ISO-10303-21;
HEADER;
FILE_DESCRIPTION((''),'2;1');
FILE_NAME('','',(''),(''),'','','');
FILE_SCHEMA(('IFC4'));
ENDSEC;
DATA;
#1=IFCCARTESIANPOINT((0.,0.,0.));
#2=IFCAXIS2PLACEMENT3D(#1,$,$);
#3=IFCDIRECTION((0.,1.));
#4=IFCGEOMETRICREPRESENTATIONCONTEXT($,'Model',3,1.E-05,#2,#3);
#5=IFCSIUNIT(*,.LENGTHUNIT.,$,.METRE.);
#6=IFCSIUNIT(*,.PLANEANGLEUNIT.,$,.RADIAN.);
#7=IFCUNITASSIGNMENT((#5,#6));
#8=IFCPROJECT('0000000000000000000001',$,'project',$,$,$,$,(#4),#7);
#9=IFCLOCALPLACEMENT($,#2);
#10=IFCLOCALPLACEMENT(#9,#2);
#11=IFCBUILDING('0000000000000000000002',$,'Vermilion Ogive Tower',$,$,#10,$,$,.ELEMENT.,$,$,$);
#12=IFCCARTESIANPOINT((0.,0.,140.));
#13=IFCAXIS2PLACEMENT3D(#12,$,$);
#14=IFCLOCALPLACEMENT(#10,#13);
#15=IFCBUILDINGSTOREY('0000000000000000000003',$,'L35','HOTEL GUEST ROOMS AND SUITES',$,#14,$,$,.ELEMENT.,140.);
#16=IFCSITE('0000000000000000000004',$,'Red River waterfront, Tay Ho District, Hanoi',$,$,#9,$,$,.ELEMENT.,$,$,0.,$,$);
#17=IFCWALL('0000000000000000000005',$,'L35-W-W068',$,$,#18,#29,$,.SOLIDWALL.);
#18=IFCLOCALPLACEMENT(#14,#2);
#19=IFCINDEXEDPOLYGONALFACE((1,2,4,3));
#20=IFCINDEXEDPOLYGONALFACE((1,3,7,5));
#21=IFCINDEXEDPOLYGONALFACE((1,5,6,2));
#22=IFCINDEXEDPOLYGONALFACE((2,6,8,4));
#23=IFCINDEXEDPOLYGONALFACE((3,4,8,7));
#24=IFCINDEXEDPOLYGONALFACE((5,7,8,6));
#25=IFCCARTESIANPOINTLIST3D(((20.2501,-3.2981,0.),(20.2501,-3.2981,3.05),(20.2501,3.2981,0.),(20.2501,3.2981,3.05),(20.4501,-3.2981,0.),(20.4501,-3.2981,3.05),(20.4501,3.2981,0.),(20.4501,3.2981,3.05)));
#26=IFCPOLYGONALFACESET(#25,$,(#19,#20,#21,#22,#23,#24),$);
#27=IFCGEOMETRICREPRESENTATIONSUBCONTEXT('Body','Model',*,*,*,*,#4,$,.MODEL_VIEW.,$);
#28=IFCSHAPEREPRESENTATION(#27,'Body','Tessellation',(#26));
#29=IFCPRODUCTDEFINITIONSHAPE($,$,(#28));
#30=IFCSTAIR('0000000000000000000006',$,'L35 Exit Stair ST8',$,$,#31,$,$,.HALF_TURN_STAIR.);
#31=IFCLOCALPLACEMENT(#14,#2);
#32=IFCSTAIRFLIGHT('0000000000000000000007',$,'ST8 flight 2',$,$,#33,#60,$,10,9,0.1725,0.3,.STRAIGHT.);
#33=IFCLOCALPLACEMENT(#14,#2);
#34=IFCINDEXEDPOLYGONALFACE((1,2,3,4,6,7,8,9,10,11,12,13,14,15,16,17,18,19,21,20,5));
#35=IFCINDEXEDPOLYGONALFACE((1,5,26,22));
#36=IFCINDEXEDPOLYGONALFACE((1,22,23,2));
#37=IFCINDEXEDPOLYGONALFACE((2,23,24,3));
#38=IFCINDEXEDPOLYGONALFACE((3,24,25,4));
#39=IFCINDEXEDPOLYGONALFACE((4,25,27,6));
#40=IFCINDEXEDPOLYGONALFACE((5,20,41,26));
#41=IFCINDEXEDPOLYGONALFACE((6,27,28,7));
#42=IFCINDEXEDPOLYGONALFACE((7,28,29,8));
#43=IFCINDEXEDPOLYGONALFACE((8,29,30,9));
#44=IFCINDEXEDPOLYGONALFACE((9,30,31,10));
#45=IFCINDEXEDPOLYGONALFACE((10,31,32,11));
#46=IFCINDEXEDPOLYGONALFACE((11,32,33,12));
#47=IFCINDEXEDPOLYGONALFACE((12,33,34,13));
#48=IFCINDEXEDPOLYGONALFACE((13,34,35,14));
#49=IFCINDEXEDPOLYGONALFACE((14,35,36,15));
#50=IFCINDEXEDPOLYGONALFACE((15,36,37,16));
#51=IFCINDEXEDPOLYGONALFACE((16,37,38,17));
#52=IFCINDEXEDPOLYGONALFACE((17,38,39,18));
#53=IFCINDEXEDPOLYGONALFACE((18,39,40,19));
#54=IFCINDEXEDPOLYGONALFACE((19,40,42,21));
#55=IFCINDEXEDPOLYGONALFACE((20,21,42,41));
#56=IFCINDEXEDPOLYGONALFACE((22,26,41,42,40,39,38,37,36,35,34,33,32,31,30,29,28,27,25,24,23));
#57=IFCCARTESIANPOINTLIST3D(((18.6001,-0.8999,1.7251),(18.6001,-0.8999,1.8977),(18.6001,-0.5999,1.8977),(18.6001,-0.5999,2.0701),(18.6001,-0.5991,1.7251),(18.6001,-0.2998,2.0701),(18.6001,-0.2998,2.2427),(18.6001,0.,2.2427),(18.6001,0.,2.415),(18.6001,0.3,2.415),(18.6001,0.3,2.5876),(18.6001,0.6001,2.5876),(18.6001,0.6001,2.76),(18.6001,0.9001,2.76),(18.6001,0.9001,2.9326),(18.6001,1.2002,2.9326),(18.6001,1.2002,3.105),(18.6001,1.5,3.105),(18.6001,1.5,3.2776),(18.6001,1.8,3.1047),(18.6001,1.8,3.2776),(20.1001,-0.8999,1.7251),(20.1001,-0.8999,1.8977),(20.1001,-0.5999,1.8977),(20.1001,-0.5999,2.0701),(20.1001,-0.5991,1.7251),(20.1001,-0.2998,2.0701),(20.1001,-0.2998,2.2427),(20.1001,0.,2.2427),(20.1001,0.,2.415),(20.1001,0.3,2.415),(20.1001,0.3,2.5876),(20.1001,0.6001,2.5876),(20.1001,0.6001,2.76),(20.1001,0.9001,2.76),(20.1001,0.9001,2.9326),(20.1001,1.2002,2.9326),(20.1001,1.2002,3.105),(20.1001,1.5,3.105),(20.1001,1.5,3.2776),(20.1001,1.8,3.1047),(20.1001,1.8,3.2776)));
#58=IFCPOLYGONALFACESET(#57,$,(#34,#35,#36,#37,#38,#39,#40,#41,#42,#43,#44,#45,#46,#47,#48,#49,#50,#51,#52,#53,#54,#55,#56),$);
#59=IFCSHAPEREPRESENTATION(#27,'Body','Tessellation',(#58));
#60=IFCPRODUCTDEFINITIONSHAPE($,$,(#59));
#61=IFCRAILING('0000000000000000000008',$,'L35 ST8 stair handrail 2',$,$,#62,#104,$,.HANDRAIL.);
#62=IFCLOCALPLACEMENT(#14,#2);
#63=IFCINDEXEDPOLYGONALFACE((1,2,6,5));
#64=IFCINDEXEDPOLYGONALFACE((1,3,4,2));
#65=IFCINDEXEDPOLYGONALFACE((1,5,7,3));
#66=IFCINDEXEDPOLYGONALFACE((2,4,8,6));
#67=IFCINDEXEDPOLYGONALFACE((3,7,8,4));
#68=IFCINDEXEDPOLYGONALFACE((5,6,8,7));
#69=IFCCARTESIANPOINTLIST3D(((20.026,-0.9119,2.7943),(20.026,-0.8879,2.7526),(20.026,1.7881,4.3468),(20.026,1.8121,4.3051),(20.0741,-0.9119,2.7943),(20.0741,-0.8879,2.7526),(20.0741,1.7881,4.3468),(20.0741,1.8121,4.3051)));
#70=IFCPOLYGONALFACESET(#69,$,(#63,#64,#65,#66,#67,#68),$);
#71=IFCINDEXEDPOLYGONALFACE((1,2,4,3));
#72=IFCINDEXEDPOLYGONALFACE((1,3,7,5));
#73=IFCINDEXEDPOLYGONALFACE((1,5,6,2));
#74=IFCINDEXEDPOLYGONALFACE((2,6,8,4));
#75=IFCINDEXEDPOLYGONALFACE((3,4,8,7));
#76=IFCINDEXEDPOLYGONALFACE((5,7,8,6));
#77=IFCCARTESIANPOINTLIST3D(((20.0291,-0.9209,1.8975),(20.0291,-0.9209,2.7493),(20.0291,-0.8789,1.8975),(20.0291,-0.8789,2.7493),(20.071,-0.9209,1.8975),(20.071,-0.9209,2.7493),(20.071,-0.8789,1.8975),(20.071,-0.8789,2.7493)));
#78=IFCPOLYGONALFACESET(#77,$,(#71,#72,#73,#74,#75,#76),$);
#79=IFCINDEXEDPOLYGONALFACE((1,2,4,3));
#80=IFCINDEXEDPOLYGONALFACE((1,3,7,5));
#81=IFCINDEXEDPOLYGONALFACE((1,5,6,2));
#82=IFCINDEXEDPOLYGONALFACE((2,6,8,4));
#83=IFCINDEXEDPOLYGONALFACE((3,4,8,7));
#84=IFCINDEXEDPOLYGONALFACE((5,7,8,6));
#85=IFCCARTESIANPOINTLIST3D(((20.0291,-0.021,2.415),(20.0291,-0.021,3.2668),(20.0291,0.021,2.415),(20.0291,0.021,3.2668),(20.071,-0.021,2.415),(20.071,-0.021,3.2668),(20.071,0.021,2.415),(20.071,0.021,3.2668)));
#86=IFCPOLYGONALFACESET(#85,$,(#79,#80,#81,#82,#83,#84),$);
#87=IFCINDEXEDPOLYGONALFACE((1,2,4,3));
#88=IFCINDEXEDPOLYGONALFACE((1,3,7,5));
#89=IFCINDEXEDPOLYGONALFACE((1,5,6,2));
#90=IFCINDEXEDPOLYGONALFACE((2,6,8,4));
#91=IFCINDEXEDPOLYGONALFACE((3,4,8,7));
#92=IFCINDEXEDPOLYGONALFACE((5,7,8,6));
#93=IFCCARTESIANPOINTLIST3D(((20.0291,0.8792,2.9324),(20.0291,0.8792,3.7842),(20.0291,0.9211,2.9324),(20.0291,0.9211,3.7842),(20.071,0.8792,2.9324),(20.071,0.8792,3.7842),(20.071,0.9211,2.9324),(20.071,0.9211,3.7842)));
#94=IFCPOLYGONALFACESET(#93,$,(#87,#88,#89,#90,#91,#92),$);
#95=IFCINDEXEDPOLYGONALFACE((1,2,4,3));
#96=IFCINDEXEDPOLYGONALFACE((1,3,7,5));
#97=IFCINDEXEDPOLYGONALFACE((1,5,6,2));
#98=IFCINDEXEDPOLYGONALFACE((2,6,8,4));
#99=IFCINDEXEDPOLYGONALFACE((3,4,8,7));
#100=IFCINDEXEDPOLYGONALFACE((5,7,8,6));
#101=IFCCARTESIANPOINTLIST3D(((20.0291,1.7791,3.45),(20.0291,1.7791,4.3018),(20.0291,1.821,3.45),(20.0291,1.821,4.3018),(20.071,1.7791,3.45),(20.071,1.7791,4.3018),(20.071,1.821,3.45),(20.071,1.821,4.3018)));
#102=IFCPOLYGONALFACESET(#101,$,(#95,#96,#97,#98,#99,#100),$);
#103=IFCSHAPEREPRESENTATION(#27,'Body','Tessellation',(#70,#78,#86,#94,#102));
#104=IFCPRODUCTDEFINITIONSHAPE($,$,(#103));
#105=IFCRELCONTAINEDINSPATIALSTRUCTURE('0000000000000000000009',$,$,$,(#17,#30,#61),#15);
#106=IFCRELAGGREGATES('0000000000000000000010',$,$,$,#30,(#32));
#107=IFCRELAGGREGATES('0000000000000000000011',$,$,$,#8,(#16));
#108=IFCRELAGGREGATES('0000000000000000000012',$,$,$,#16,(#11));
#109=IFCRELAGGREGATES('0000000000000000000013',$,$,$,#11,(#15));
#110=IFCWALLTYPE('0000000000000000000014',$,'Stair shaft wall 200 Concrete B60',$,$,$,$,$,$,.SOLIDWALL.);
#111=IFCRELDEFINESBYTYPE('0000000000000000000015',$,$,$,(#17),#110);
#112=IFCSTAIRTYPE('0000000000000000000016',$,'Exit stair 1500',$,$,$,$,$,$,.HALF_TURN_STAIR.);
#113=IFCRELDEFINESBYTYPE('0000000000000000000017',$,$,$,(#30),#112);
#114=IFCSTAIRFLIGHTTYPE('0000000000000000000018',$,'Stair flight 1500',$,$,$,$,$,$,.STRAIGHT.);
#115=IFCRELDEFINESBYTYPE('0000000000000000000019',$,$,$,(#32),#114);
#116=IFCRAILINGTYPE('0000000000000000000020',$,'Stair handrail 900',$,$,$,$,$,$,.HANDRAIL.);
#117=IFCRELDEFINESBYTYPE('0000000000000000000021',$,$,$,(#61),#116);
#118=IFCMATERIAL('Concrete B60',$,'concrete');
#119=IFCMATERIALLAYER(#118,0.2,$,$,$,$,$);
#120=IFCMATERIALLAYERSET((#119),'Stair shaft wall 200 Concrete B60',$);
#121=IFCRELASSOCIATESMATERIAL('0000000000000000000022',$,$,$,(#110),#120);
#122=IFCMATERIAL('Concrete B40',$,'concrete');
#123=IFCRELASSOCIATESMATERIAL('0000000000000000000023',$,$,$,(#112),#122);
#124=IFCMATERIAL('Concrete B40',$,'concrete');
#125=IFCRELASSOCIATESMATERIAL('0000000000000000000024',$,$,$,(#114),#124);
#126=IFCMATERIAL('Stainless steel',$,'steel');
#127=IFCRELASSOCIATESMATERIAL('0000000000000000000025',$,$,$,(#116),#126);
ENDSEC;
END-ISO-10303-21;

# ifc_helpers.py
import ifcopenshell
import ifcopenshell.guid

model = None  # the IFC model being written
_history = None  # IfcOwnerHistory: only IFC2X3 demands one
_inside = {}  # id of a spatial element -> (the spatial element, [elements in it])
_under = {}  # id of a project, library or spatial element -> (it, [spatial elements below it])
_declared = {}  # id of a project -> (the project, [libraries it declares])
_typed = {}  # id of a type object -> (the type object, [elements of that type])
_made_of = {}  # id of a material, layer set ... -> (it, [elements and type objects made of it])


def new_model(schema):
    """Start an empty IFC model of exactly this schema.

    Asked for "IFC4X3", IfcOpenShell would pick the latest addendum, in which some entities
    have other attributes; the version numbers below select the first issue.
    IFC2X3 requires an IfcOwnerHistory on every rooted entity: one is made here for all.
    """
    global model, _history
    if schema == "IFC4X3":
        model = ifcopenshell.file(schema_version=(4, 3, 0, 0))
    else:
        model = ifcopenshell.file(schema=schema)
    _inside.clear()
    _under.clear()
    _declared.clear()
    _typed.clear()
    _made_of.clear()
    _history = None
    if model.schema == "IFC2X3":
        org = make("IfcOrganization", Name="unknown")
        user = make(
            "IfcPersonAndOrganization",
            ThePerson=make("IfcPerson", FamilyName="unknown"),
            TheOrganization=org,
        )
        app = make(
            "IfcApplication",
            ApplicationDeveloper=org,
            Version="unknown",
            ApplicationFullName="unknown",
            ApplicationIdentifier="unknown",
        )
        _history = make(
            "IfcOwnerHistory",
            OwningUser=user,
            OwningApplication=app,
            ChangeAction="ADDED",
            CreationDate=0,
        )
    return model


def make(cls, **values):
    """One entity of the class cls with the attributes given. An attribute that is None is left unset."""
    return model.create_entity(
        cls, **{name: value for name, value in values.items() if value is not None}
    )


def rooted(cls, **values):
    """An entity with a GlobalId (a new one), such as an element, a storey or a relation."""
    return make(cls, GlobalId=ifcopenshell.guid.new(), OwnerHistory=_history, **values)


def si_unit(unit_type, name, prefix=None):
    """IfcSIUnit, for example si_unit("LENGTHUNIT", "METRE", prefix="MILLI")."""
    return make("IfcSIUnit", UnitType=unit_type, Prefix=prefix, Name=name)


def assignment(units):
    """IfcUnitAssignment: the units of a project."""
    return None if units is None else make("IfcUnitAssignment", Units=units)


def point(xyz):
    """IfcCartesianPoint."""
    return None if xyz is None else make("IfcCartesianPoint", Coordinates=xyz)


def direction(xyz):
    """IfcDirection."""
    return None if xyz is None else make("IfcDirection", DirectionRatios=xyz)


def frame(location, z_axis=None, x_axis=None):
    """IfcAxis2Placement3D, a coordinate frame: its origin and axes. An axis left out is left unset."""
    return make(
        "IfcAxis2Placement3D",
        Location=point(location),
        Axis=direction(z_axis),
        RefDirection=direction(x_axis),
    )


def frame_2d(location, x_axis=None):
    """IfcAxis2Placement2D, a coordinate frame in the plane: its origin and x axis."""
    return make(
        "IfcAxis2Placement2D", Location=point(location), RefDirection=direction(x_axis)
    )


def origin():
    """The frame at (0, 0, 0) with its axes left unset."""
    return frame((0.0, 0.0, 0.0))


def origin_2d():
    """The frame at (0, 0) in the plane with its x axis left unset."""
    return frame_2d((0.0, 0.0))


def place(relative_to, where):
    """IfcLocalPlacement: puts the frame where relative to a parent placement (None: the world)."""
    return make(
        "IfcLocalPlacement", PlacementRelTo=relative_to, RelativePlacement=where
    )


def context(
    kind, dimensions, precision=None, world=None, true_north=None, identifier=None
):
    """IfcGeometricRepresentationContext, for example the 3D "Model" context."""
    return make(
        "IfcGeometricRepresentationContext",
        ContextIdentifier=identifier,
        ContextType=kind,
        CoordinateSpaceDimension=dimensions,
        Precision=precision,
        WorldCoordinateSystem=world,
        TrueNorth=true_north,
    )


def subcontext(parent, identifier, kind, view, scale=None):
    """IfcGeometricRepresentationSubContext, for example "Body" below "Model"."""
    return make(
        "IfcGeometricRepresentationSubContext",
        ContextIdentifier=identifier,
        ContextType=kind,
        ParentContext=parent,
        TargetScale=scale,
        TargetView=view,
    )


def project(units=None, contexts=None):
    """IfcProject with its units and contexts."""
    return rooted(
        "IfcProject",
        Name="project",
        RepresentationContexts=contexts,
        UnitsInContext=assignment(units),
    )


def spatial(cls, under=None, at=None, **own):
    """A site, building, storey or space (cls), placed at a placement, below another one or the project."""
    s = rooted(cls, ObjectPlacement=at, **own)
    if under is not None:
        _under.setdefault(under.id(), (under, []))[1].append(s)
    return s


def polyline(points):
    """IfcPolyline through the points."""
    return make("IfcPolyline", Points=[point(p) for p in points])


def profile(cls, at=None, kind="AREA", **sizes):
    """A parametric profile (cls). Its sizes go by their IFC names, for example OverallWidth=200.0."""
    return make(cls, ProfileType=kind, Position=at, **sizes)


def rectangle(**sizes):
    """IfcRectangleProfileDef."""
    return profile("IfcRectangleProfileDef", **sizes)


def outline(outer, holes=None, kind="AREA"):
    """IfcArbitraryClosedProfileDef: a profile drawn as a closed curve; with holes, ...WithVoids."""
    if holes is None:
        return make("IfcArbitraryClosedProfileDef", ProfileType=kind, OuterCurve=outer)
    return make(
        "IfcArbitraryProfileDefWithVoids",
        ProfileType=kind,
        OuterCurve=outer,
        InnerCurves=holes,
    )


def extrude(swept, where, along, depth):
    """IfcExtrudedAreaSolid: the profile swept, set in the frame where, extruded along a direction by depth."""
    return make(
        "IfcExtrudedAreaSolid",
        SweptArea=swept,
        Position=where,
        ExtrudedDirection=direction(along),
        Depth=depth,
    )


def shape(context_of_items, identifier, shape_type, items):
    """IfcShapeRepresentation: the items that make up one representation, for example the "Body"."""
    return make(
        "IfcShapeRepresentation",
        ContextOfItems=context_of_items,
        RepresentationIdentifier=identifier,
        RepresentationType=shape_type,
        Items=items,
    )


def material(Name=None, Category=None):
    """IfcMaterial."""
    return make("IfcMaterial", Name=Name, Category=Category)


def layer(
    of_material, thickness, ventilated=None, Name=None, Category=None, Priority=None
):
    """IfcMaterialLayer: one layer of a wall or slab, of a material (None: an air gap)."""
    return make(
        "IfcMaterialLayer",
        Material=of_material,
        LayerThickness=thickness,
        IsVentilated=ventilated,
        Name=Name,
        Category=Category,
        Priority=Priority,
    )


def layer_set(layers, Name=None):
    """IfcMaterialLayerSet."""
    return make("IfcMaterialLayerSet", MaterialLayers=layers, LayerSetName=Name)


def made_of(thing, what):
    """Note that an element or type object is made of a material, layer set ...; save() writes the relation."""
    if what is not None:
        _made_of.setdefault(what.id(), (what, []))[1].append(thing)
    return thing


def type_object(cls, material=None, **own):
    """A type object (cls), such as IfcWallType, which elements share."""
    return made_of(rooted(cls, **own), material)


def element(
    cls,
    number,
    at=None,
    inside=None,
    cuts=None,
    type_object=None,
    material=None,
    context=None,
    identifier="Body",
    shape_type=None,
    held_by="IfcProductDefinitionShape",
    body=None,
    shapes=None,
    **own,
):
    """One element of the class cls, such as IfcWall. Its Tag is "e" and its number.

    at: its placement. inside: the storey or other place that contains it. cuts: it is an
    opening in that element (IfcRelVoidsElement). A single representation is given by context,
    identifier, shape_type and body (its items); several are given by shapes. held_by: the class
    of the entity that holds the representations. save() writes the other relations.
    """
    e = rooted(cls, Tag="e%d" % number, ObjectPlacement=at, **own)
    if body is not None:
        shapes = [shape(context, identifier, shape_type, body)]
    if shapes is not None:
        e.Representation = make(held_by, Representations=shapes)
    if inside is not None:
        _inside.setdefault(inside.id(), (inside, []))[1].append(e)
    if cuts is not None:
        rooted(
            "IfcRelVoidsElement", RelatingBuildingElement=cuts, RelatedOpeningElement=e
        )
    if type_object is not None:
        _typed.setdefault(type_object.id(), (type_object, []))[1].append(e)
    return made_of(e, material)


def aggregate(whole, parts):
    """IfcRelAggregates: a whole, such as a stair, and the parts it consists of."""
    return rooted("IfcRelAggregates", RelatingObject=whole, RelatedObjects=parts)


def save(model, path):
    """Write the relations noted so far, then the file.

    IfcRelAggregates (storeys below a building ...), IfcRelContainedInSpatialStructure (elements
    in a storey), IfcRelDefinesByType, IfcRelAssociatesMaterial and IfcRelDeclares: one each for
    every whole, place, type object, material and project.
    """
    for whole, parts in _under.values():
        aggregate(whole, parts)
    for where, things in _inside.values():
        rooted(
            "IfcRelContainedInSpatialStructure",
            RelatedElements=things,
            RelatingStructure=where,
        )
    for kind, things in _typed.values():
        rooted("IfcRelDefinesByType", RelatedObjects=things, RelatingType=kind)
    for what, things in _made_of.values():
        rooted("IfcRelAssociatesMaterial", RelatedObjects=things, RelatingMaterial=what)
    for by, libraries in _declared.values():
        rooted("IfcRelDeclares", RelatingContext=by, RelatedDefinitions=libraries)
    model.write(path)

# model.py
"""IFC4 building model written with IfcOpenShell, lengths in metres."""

from ifc_helpers import new_model, si_unit, direction, frame, frame_2d, origin, origin_2d, place, context, subcontext, project, spatial, polyline, rectangle, outline, extrude, material, layer, layer_set, type_object, element, aggregate, save


model = new_model("IFC4")

# Units and contexts
model_context = context("Model", 3, precision=1e-05, world=origin(), true_north=direction((0.0, 1.0)))
body_context = subcontext(model_context, "Body", "Model", "MODEL_VIEW")
ifc_project = project(units=[si_unit("LENGTHUNIT", "METRE"), si_unit("PLANEANGLEUNIT", "RADIAN")], contexts=[model_context])

# Site, building, storey
site_placement = place(None, origin())
site = spatial("IfcSite", under=ifc_project, at=site_placement, Name="Red River waterfront, Tay Ho District, Hanoi", CompositionType="ELEMENT", RefElevation=0.0)
building_placement = place(site_placement, origin())
building = spatial("IfcBuilding", under=site, at=building_placement, Name="Vermilion Ogive Tower", CompositionType="ELEMENT")
storey_placement = place(building_placement, frame((0.0, 0.0, 140.0)))
storey = spatial("IfcBuildingStorey", under=building, at=storey_placement, Name="L35", Description="HOTEL GUEST ROOMS AND SUITES", CompositionType="ELEMENT", Elevation=140.0)

# Shared definitions
ifc_material_1 = material(Name="Concrete B60", Category="concrete")
ifc_layer_1 = layer(ifc_material_1, 0.2)
ifc_layer_set_1 = layer_set([ifc_layer_1], Name="Stair shaft wall 200 Concrete B60")
wall_type_1 = type_object("IfcWallType", Name="Stair shaft wall 200 Concrete B60", PredefinedType="SOLIDWALL", material=ifc_layer_set_1)

# Wall
wall_1_placement = place(storey_placement, frame((20.3501, -3.2981, 0.0), z_axis=(0.0, 0.0, 1.0), x_axis=(0.0, 1.0, 0.0)))
element("IfcWall", 1, at=wall_1_placement, inside=storey, type_object=wall_type_1, Name="L35-W-W068", PredefinedType="SOLIDWALL", context=body_context, shape_type="SweptSolid", body=[
    extrude(rectangle(XDim=6.5962, YDim=0.2, at=frame_2d((3.2981, 0.0))), origin(), (0.0, 0.0, 1.0), 3.05),
])

# Stair, stair flight
ifc_material_2 = material(Name="Concrete B40", Category="concrete")
stair_type = type_object("IfcStairType", Name="Exit stair 1500", PredefinedType="HALF_TURN_STAIR", material=ifc_material_2)
stair_placement = place(storey_placement, origin())
stair = element("IfcStair", 2, at=stair_placement, inside=storey, type_object=stair_type, Name="L35 Exit Stair ST8", PredefinedType="HALF_TURN_STAIR")
ifc_material_3 = material(Name="Concrete B40", Category="concrete")
stair_flight_type = type_object("IfcStairFlightType", Name="Stair flight 1500", PredefinedType="STRAIGHT", material=ifc_material_3)
stair_flight_placement = place(storey_placement, frame((19.3501, -0.8999, 1.7251), z_axis=(0.0, 0.0, 1.0), x_axis=(0.0, 1.0, 0.0)))
stair_flight = element("IfcStairFlight", 3, at=stair_flight_placement, type_object=stair_flight_type, Name="ST8 flight 2", NumberOfRisers=10, NumberOfTreads=9, PredefinedType="STRAIGHT", RiserHeight=0.1725, TreadLength=0.3, context=body_context, shape_type="SweptSolid", body=[
    extrude(outline(polyline([(0.0, 0.0), (0.0, 0.1726), (0.3, 0.1726), (0.3, 0.345), (0.6001, 0.345), (0.6001, 0.5176), (0.8999, 0.5176), (0.8999, 0.6899), (1.2, 0.6899), (1.2, 0.8625), (1.5, 0.8625), (1.5, 1.0349), (1.8, 1.0349), (1.8, 1.2075), (2.1001, 1.2075), (2.1001, 1.3799), (2.3999, 1.3799), (2.3999, 1.5525), (2.7, 1.5525), (2.7, 1.7251), (2.7, 1.3796), (0.3008, 0.0), (0.0, 0.0)])), frame((0.0, 0.75, 0.0), z_axis=(0.0, -1.0, 0.0), x_axis=(1.0, 0.0, 0.0)), (0.0, 0.0, 1.0), 1.5),
])
aggregate(stair, [stair_flight])

# Railing
ifc_material_4 = material(Name="Stainless steel", Category="steel")
railing_type = type_object("IfcRailingType", Name="Stair handrail 900", PredefinedType="HANDRAIL", material=ifc_material_4)
railing_placement = place(storey_placement, frame((20.05, -0.8999, 1.8975)))
element("IfcRailing", 4, at=railing_placement, inside=storey, type_object=railing_type, Name="L35 ST8 stair handrail 2", PredefinedType="HANDRAIL", context=body_context, shape_type="SweptSolid", body=[
    extrude(rectangle(XDim=0.0481, YDim=0.0481, at=origin_2d()), frame((0.0, 0.0, 0.876), z_axis=(0.0, 0.866904, 0.498476), x_axis=(-1.0, 0.0, 0.0)), (0.0, 0.0, 1.0), 3.1145),
    extrude(rectangle(XDim=0.042, YDim=0.042, at=origin_2d()), origin(), (0.0, 0.0, 1.0), 0.8518),
    extrude(rectangle(XDim=0.042, YDim=0.042, at=origin_2d()), frame((0.0, 0.8999, 0.5176)), (0.0, 0.0, 1.0), 0.8518),
    extrude(rectangle(XDim=0.042, YDim=0.042, at=origin_2d()), frame((0.0, 1.8, 1.0349)), (0.0, 0.0, 1.0), 0.8518),
    extrude(rectangle(XDim=0.042, YDim=0.042, at=origin_2d()), frame((0.0, 2.7, 1.5525)), (0.0, 0.0, 1.0), 0.8518),
])

save(model, "model.ifc")
